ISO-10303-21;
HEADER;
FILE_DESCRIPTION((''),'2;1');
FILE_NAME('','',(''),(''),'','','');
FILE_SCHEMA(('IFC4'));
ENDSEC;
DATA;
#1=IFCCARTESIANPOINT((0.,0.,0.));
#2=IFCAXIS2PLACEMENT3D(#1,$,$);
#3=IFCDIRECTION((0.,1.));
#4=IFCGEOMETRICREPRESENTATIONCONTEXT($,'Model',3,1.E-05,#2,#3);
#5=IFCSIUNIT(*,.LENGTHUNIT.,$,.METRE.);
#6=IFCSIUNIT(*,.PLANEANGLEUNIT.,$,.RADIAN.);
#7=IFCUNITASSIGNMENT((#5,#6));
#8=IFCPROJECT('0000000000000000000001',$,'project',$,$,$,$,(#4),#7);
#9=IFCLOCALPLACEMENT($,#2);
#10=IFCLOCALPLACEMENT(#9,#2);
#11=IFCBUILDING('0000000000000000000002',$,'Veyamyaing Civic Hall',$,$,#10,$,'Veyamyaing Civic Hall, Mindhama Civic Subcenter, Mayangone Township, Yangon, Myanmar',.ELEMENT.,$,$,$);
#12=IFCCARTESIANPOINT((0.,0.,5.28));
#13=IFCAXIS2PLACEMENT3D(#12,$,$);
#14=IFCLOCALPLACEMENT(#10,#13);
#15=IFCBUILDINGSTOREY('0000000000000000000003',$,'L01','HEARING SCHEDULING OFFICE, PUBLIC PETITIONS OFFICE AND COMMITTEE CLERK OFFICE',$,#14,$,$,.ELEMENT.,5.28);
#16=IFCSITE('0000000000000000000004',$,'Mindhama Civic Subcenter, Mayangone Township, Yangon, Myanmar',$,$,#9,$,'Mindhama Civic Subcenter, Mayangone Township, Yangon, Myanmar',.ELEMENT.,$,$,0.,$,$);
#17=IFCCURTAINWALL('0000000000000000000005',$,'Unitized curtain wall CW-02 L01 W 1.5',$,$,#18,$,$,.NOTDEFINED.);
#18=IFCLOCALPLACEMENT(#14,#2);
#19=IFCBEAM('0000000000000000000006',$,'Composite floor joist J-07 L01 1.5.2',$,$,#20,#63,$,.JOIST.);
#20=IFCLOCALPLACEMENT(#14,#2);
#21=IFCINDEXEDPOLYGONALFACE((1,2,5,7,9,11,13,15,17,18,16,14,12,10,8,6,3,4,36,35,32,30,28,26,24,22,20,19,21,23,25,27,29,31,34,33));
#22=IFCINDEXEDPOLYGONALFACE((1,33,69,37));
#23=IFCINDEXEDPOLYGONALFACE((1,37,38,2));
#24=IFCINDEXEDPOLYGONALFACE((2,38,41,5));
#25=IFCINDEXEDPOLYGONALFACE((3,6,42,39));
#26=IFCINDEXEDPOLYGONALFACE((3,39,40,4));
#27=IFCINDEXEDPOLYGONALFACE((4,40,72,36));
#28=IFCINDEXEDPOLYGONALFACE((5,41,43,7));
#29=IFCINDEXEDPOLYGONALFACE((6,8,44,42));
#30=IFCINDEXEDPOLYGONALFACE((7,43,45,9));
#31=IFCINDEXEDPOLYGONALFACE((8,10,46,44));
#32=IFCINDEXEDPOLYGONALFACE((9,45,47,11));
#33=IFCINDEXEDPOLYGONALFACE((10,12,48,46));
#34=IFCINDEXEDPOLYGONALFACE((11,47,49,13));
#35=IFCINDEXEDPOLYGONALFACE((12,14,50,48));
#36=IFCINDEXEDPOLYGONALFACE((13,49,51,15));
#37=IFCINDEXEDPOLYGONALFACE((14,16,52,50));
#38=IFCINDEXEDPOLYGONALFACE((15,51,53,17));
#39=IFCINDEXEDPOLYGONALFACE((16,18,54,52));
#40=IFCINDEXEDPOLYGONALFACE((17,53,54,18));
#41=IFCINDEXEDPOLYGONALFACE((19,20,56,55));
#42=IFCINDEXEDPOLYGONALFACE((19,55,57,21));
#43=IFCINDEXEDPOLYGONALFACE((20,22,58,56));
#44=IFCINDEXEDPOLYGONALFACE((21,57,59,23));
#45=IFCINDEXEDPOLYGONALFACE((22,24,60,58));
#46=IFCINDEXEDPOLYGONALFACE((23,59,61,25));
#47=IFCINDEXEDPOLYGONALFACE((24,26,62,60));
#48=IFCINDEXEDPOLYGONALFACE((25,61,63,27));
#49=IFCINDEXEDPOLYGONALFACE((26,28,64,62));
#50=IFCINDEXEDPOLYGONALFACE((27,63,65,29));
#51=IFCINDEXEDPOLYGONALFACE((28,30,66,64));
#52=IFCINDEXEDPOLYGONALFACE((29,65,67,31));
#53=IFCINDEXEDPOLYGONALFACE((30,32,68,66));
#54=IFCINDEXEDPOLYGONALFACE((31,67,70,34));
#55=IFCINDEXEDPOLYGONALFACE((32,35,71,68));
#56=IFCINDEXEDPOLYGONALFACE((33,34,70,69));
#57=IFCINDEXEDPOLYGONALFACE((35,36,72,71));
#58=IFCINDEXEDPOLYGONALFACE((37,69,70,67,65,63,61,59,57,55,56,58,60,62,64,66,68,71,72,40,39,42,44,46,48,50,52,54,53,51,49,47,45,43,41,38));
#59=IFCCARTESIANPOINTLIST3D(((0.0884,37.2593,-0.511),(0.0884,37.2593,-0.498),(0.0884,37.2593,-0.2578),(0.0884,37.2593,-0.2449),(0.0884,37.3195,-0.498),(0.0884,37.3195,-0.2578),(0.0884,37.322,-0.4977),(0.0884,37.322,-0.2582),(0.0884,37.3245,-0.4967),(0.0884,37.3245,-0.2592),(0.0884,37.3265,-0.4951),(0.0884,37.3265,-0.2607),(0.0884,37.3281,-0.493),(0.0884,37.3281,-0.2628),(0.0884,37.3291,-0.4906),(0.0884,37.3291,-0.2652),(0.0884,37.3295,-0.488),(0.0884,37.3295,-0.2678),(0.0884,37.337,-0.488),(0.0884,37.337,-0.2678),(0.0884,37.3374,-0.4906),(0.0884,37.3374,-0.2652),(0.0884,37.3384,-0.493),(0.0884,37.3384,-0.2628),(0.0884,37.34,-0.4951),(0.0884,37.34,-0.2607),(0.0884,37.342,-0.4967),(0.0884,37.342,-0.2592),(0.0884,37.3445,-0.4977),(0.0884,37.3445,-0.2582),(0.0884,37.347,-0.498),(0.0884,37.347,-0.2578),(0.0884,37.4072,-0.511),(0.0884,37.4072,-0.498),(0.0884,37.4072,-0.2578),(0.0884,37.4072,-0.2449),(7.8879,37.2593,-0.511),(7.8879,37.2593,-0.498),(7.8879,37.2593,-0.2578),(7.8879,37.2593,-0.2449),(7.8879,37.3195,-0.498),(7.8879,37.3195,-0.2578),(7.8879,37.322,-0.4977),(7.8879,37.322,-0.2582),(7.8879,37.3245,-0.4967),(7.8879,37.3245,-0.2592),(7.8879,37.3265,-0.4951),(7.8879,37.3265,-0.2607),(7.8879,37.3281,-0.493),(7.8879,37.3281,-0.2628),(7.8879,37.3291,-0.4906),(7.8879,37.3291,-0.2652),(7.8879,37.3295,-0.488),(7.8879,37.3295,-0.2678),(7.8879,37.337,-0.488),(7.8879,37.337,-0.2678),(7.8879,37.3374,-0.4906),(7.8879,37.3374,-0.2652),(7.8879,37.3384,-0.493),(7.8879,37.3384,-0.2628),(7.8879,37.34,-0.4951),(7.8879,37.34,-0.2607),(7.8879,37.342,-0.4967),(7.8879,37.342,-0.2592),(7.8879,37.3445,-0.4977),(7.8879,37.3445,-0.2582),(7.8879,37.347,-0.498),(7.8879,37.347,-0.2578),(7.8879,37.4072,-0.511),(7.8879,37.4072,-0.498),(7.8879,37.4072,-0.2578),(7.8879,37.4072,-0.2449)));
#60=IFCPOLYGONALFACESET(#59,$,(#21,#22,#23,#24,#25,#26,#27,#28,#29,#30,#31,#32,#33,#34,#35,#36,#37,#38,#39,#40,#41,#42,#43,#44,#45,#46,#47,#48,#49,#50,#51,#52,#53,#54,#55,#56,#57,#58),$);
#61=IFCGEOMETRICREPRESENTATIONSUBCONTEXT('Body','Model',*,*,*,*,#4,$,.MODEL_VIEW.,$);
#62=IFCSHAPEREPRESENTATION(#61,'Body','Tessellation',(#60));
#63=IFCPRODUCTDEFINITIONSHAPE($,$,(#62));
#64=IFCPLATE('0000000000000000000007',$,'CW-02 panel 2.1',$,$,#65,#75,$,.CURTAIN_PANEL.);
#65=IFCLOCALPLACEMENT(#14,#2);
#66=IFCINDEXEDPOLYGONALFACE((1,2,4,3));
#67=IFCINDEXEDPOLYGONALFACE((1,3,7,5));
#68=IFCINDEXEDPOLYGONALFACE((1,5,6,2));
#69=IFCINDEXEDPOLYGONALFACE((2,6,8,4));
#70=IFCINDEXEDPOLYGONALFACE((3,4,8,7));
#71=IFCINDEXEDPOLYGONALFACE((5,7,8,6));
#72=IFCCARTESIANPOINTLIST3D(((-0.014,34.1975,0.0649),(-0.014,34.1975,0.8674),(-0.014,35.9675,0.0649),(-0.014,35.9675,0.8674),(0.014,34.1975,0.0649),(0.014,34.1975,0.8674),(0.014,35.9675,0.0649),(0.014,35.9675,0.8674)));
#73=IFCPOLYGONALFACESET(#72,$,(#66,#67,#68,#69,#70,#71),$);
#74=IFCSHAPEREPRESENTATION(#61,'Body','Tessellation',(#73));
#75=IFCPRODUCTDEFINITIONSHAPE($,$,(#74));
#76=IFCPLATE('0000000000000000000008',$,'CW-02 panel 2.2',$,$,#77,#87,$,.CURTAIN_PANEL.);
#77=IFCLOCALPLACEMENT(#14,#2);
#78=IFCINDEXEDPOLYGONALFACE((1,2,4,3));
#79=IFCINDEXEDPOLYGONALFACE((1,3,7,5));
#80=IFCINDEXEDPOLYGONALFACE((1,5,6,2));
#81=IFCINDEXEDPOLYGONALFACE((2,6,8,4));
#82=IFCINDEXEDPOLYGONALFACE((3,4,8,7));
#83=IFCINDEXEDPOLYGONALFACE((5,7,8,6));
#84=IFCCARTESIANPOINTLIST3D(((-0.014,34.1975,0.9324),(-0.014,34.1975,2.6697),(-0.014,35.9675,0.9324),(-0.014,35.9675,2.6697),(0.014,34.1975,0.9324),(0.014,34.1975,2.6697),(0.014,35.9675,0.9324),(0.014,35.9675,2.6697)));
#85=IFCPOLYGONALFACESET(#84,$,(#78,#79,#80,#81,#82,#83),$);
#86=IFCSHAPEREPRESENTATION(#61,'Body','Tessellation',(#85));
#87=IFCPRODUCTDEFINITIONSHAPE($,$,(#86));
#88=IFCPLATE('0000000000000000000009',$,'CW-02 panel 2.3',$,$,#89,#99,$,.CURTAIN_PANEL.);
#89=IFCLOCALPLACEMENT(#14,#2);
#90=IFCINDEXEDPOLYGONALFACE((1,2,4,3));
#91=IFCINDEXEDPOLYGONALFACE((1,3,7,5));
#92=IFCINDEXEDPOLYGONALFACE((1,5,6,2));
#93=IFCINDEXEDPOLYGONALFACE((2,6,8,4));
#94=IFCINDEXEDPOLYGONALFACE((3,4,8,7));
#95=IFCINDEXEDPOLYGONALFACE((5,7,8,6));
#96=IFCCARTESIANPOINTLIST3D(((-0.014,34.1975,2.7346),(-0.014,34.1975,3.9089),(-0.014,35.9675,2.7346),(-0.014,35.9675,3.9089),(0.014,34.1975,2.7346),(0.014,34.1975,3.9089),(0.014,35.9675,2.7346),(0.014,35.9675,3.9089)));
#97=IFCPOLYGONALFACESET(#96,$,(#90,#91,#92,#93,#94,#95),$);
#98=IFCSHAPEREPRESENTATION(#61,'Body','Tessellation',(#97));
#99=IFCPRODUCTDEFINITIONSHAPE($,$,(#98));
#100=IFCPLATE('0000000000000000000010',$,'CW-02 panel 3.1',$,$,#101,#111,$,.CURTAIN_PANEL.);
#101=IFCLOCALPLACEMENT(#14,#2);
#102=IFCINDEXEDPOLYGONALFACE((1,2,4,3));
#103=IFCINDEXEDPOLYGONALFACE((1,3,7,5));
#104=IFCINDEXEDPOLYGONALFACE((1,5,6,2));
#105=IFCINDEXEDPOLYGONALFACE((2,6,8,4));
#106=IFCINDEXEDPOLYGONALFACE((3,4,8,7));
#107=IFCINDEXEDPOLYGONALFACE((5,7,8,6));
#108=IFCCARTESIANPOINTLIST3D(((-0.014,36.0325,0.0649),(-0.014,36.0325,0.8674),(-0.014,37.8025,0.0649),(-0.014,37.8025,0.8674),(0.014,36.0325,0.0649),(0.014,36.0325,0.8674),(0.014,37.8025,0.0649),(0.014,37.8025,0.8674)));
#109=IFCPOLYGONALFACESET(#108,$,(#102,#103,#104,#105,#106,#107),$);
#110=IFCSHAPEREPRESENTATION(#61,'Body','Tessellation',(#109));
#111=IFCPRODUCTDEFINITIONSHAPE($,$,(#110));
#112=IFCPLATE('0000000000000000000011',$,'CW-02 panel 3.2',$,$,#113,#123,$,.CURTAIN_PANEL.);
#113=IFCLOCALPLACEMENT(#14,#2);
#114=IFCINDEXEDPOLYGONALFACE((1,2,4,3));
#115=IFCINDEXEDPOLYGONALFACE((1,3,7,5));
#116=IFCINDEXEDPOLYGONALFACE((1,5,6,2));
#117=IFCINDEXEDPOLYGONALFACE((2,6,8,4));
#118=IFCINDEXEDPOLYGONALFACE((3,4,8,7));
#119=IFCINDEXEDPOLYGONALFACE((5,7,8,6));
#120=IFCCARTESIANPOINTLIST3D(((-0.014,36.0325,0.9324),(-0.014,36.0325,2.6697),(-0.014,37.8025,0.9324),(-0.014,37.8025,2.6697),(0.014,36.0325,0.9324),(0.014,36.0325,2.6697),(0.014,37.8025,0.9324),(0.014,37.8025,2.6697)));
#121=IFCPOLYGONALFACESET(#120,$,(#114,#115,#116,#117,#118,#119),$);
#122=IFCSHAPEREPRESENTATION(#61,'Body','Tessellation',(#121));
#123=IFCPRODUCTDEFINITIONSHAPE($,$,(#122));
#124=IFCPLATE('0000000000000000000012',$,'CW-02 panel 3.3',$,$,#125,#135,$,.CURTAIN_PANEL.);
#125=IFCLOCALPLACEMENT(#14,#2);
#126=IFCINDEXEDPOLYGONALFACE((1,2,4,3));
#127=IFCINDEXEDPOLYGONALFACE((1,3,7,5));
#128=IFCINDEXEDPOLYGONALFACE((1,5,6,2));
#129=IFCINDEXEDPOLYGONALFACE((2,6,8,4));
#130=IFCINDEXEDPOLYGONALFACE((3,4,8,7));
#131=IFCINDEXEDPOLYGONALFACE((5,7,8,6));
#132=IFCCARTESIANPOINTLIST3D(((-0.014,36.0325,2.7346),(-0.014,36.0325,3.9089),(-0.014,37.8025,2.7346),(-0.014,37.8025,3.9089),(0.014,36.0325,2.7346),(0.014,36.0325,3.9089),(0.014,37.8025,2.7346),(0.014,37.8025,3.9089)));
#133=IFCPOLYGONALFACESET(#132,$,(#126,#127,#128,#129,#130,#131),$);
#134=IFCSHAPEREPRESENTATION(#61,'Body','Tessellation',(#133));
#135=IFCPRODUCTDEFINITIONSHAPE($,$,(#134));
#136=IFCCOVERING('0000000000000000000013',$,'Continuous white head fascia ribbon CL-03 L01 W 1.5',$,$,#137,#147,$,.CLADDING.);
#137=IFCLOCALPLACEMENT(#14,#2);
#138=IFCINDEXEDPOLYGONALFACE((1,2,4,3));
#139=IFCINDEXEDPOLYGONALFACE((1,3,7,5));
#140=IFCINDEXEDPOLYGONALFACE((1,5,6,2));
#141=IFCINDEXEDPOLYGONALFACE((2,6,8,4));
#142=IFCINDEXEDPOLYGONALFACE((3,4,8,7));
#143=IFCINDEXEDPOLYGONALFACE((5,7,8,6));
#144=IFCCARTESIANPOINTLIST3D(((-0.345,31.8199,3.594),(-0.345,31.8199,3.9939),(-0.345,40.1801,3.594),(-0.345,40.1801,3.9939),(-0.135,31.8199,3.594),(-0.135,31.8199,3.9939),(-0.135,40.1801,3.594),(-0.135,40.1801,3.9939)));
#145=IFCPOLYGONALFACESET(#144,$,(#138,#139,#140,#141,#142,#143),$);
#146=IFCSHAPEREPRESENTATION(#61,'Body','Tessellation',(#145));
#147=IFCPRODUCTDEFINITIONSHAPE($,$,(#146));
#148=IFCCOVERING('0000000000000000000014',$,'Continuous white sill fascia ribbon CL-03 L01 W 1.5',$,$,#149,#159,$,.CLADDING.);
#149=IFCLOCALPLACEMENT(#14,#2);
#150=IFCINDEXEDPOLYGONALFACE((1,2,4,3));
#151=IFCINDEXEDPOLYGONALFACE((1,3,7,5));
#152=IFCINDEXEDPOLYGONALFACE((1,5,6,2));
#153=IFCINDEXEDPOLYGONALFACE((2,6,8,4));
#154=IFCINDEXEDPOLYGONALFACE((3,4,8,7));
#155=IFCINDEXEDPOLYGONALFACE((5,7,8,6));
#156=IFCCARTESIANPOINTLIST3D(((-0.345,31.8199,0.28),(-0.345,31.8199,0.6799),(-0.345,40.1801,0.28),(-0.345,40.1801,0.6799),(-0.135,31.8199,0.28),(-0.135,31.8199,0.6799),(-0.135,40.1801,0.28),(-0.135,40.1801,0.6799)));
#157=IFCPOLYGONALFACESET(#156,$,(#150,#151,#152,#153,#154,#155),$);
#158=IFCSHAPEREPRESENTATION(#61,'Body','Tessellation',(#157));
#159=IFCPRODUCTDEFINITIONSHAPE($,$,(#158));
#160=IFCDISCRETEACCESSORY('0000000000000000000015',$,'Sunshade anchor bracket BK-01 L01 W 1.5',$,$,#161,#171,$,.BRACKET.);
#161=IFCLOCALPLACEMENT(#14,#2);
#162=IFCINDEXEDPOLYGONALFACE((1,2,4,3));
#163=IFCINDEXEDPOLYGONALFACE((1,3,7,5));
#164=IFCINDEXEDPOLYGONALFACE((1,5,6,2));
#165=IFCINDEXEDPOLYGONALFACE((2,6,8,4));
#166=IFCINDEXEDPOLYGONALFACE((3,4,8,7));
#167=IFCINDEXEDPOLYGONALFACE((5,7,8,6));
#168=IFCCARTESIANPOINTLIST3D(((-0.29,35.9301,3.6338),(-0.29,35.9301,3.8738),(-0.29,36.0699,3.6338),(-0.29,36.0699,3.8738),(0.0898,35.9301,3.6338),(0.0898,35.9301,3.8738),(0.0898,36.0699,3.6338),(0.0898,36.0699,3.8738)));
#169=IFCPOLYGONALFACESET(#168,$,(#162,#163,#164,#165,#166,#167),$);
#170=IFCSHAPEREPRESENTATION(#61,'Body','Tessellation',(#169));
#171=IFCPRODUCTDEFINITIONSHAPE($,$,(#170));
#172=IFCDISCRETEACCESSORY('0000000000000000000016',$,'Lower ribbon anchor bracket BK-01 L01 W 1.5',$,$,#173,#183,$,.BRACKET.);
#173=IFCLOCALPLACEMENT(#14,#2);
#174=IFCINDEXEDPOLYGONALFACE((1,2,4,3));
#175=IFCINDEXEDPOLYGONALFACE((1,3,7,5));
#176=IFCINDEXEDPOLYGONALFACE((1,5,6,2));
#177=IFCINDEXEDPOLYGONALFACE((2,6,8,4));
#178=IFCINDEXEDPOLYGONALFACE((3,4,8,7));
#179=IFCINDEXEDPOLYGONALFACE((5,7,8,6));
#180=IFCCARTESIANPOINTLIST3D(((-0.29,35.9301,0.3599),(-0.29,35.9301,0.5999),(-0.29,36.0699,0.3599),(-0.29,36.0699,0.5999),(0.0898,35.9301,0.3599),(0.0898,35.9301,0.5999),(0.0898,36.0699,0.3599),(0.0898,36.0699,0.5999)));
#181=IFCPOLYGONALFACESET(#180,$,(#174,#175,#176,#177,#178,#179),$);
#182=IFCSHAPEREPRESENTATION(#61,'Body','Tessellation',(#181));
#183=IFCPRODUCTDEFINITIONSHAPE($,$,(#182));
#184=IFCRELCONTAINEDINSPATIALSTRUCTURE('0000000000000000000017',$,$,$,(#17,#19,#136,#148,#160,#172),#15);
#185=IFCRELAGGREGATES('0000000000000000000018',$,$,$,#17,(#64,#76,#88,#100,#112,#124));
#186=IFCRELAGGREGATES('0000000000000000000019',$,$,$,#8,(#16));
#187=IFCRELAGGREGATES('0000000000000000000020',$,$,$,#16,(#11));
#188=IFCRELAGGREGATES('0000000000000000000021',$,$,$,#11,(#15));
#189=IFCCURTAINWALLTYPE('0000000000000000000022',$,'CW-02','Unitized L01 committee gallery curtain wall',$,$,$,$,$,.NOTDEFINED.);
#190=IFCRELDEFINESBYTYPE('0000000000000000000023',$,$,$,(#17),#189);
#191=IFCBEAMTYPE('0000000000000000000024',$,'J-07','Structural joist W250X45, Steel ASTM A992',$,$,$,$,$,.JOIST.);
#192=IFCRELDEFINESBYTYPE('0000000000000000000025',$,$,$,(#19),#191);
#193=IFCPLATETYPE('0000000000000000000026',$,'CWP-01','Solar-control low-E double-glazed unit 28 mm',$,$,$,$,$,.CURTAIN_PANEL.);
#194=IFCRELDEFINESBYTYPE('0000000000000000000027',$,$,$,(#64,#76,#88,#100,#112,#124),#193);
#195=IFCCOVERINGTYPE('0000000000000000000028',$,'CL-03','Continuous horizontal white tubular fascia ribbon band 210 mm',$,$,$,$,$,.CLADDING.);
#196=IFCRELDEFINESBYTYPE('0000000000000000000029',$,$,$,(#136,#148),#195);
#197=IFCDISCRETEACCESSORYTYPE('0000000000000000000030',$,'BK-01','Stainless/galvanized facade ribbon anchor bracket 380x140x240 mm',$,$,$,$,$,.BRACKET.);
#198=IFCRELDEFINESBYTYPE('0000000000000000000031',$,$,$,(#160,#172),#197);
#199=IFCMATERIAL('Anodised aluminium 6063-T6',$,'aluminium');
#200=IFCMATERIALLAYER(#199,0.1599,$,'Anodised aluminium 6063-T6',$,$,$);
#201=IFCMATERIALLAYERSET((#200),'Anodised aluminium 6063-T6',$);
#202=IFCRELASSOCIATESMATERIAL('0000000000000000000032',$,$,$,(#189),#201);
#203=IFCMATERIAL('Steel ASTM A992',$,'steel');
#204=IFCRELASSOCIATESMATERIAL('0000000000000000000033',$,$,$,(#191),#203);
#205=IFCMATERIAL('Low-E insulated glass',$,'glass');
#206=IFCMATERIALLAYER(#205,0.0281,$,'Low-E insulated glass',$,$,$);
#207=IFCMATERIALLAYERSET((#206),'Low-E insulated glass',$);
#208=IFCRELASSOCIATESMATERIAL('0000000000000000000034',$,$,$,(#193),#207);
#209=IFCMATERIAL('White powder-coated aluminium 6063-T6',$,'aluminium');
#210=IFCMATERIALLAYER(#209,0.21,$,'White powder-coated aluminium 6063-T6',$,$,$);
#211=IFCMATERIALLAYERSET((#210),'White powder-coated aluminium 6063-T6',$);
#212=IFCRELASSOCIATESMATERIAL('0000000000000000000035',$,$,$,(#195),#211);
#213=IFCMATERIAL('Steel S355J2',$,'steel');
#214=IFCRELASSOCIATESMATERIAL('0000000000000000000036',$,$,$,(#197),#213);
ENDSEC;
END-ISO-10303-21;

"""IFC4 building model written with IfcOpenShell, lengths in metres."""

from ifc_helpers import new_model, si_unit, direction, frame, origin, origin_2d, place, context, subcontext, project, spatial, rectangle, i_section, extrude, material, layer, layer_set, material_profile, profile_set, type_object, element, aggregate, save


model = new_model("IFC4")

# Units and contexts
model_context = context("Model", 3, precision=1e-05, world=origin(), true_north=direction((0.0, 1.0)))
body_context = subcontext(model_context, "Body", "Model", "MODEL_VIEW")
ifc_project = project(units=[si_unit("LENGTHUNIT", "METRE"), si_unit("PLANEANGLEUNIT", "RADIAN")], contexts=[model_context])

# Site, building, storey
site_placement = place(None, origin())
site = spatial("IfcSite", under=ifc_project, at=site_placement, Name="Mindhama Civic Subcenter, Mayangone Township, Yangon, Myanmar", LongName="Mindhama Civic Subcenter, Mayangone Township, Yangon, Myanmar", CompositionType="ELEMENT", RefElevation=0.0)
building_placement = place(site_placement, origin())
building = spatial("IfcBuilding", under=site, at=building_placement, Name="Veyamyaing Civic Hall", LongName="Veyamyaing Civic Hall, Mindhama Civic Subcenter, Mayangone Township, Yangon, Myanmar", CompositionType="ELEMENT")
storey_placement = place(building_placement, frame((0.0, 0.0, 5.28)))
storey = spatial("IfcBuildingStorey", under=building, at=storey_placement, Name="L01", Description="HEARING SCHEDULING OFFICE, PUBLIC PETITIONS OFFICE AND COMMITTEE CLERK OFFICE", CompositionType="ELEMENT", Elevation=5.28)

# Curtain wall
ifc_material_1 = material(Name="Anodised aluminium 6063-T6", Category="aluminium")
ifc_layer_1 = layer(ifc_material_1, 0.1599, Name="Anodised aluminium 6063-T6")
ifc_layer_set_1 = layer_set([ifc_layer_1], Name="Anodised aluminium 6063-T6")
curtain_wall_type = type_object("IfcCurtainWallType", Name="CW-02", Description="Unitized L01 committee gallery curtain wall", PredefinedType="NOTDEFINED", material=ifc_layer_set_1)
curtain_wall_placement = place(storey_placement, origin())
curtain_wall = element("IfcCurtainWall", 1, at=curtain_wall_placement, inside=storey, type_object=curtain_wall_type, Name="Unitized curtain wall CW-02 L01 W 1.5", PredefinedType="NOTDEFINED")

# Beam
ifc_material_2 = material(Name="Steel ASTM A992", Category="steel")
ifc_material_profile_1 = material_profile(ifc_material_2, i_section(OverallWidth=0.1479, OverallDepth=0.2661, WebThickness=0.0076, FlangeThickness=0.0129, FilletRadius=0.01, at=origin_2d()), Name="W250X45")
ifc_profile_set_1 = profile_set([ifc_material_profile_1], Name="Steel ASTM A992")
beam_type = type_object("IfcBeamType", Name="J-07", Description="Structural joist W250X45, Steel ASTM A992", PredefinedType="JOIST", material=ifc_profile_set_1)
for number, where, z_axis, x_axis, name in (
    (2, (0.0884, 37.3333, -0.3779), (1.0, 0.0, 0.0), (0.0, 1.0, 0.0), "Composite floor joist J-07 L01 1.5.2"),
):
    element("IfcBeam", number, at=place(storey_placement, frame(where, z_axis=z_axis, x_axis=x_axis)), inside=storey, type_object=beam_type, Name=name, PredefinedType="JOIST", context=body_context, shape_type="SweptSolid", body=[
        extrude(i_section(OverallWidth=0.1479, OverallDepth=0.2661, WebThickness=0.0076, FlangeThickness=0.0129, FilletRadius=0.01, at=origin_2d()), origin(), (0.0, 0.0, 1.0), 7.7996),
    ])

# Plates
ifc_material_3 = material(Name="Low-E insulated glass", Category="glass")
ifc_layer_2 = layer(ifc_material_3, 0.0281, Name="Low-E insulated glass")
ifc_layer_set_2 = layer_set([ifc_layer_2], Name="Low-E insulated glass")
plate_type = type_object("IfcPlateType", Name="CWP-01", Description="Solar-control low-E double-glazed unit 28 mm", PredefinedType="CURTAIN_PANEL", material=ifc_layer_set_2)
plate_1_placement = place(storey_placement, frame((0.0, 35.0825, 0.0649), z_axis=(0.0, 0.0, 1.0), x_axis=(0.0, 1.0, 0.0)))
plate_1 = element("IfcPlate", 3, at=plate_1_placement, type_object=plate_type, Name="CW-02 panel 2.1", PredefinedType="CURTAIN_PANEL", context=body_context, shape_type="SweptSolid", body=[
    extrude(rectangle(XDim=1.77, YDim=0.0281, at=origin_2d()), origin(), (0.0, 0.0, 1.0), 0.8025),
])
plate_2_placement = place(storey_placement, frame((0.0, 35.0825, 0.9324), z_axis=(0.0, 0.0, 1.0), x_axis=(0.0, 1.0, 0.0)))
plate_2 = element("IfcPlate", 4, at=plate_2_placement, type_object=plate_type, Name="CW-02 panel 2.2", PredefinedType="CURTAIN_PANEL", context=body_context, shape_type="SweptSolid", body=[
    extrude(rectangle(XDim=1.77, YDim=0.0281, at=origin_2d()), origin(), (0.0, 0.0, 1.0), 1.7373),
])
plate_3_placement = place(storey_placement, frame((0.0, 35.0825, 2.7346), z_axis=(0.0, 0.0, 1.0), x_axis=(0.0, 1.0, 0.0)))
plate_3 = element("IfcPlate", 5, at=plate_3_placement, type_object=plate_type, Name="CW-02 panel 2.3", PredefinedType="CURTAIN_PANEL", context=body_context, shape_type="SweptSolid", body=[
    extrude(rectangle(XDim=1.77, YDim=0.0281, at=origin_2d()), origin(), (0.0, 0.0, 1.0), 1.1743),
])
plate_4_placement = place(storey_placement, frame((0.0, 36.9175, 0.0649), z_axis=(0.0, 0.0, 1.0), x_axis=(0.0, 1.0, 0.0)))
plate_4 = element("IfcPlate", 6, at=plate_4_placement, type_object=plate_type, Name="CW-02 panel 3.1", PredefinedType="CURTAIN_PANEL", context=body_context, shape_type="SweptSolid", body=[
    extrude(rectangle(XDim=1.77, YDim=0.0281, at=origin_2d()), origin(), (0.0, 0.0, 1.0), 0.8025),
])
plate_5_placement = place(storey_placement, frame((0.0, 36.9175, 0.9324), z_axis=(0.0, 0.0, 1.0), x_axis=(0.0, 1.0, 0.0)))
plate_5 = element("IfcPlate", 7, at=plate_5_placement, type_object=plate_type, Name="CW-02 panel 3.2", PredefinedType="CURTAIN_PANEL", context=body_context, shape_type="SweptSolid", body=[
    extrude(rectangle(XDim=1.77, YDim=0.0281, at=origin_2d()), origin(), (0.0, 0.0, 1.0), 1.7373),
])
plate_6_placement = place(storey_placement, frame((0.0, 36.9175, 2.7346), z_axis=(0.0, 0.0, 1.0), x_axis=(0.0, 1.0, 0.0)))
plate_6 = element("IfcPlate", 8, at=plate_6_placement, type_object=plate_type, Name="CW-02 panel 3.3", PredefinedType="CURTAIN_PANEL", context=body_context, shape_type="SweptSolid", body=[
    extrude(rectangle(XDim=1.77, YDim=0.0281, at=origin_2d()), origin(), (0.0, 0.0, 1.0), 1.1743),
])
aggregate(curtain_wall, [plate_1, plate_2, plate_3, plate_4, plate_5, plate_6])

# Coverings
ifc_material_4 = material(Name="White powder-coated aluminium 6063-T6", Category="aluminium")
ifc_layer_3 = layer(ifc_material_4, 0.21, Name="White powder-coated aluminium 6063-T6")
ifc_layer_set_3 = layer_set([ifc_layer_3], Name="White powder-coated aluminium 6063-T6")
covering_type = type_object("IfcCoveringType", Name="CL-03", Description="Continuous horizontal white tubular fascia ribbon band 210 mm", PredefinedType="CLADDING", material=ifc_layer_set_3)
for number, where, z_axis, x_axis, name in (
    (9, (-0.24, 36.0, 3.594), (0.0, 0.0, 1.0), (0.0, 1.0, 0.0), "Continuous white head fascia ribbon CL-03 L01 W 1.5"),
    (10, (-0.24, 36.0, 0.28), (0.0, 0.0, 1.0), (0.0, 1.0, 0.0), "Continuous white sill fascia ribbon CL-03 L01 W 1.5"),
):
    element("IfcCovering", number, at=place(storey_placement, frame(where, z_axis=z_axis, x_axis=x_axis)), inside=storey, type_object=covering_type, Name=name, PredefinedType="CLADDING", context=body_context, shape_type="SweptSolid", body=[
        extrude(rectangle(XDim=8.3601, YDim=0.21, at=origin_2d()), origin(), (0.0, 0.0, 1.0), 0.3999),
    ])

# Discrete accessories
ifc_material_5 = material(Name="Steel S355J2", Category="steel")
discrete_accessory_type = type_object("IfcDiscreteAccessoryType", Name="BK-01", Description="Stainless/galvanized facade ribbon anchor bracket 380x140x240 mm", PredefinedType="BRACKET", material=ifc_material_5)
for number, where, z_axis, x_axis, name in (
    (11, (-0.1001, 36.0, 3.6338), (0.0, 0.0, 1.0), (-1.0, 0.0, 0.0), "Sunshade anchor bracket BK-01 L01 W 1.5"),
    (12, (-0.1001, 36.0, 0.3599), (0.0, 0.0, 1.0), (-1.0, 0.0, 0.0), "Lower ribbon anchor bracket BK-01 L01 W 1.5"),
):
    element("IfcDiscreteAccessory", number, at=place(storey_placement, frame(where, z_axis=z_axis, x_axis=x_axis)), inside=storey, type_object=discrete_accessory_type, Name=name, PredefinedType="BRACKET", context=body_context, shape_type="SweptSolid", body=[
        extrude(rectangle(XDim=0.3799, YDim=0.1399, at=origin_2d()), origin(), (0.0, 0.0, 1.0), 0.24),
    ])

save(model, "model.ifc")
